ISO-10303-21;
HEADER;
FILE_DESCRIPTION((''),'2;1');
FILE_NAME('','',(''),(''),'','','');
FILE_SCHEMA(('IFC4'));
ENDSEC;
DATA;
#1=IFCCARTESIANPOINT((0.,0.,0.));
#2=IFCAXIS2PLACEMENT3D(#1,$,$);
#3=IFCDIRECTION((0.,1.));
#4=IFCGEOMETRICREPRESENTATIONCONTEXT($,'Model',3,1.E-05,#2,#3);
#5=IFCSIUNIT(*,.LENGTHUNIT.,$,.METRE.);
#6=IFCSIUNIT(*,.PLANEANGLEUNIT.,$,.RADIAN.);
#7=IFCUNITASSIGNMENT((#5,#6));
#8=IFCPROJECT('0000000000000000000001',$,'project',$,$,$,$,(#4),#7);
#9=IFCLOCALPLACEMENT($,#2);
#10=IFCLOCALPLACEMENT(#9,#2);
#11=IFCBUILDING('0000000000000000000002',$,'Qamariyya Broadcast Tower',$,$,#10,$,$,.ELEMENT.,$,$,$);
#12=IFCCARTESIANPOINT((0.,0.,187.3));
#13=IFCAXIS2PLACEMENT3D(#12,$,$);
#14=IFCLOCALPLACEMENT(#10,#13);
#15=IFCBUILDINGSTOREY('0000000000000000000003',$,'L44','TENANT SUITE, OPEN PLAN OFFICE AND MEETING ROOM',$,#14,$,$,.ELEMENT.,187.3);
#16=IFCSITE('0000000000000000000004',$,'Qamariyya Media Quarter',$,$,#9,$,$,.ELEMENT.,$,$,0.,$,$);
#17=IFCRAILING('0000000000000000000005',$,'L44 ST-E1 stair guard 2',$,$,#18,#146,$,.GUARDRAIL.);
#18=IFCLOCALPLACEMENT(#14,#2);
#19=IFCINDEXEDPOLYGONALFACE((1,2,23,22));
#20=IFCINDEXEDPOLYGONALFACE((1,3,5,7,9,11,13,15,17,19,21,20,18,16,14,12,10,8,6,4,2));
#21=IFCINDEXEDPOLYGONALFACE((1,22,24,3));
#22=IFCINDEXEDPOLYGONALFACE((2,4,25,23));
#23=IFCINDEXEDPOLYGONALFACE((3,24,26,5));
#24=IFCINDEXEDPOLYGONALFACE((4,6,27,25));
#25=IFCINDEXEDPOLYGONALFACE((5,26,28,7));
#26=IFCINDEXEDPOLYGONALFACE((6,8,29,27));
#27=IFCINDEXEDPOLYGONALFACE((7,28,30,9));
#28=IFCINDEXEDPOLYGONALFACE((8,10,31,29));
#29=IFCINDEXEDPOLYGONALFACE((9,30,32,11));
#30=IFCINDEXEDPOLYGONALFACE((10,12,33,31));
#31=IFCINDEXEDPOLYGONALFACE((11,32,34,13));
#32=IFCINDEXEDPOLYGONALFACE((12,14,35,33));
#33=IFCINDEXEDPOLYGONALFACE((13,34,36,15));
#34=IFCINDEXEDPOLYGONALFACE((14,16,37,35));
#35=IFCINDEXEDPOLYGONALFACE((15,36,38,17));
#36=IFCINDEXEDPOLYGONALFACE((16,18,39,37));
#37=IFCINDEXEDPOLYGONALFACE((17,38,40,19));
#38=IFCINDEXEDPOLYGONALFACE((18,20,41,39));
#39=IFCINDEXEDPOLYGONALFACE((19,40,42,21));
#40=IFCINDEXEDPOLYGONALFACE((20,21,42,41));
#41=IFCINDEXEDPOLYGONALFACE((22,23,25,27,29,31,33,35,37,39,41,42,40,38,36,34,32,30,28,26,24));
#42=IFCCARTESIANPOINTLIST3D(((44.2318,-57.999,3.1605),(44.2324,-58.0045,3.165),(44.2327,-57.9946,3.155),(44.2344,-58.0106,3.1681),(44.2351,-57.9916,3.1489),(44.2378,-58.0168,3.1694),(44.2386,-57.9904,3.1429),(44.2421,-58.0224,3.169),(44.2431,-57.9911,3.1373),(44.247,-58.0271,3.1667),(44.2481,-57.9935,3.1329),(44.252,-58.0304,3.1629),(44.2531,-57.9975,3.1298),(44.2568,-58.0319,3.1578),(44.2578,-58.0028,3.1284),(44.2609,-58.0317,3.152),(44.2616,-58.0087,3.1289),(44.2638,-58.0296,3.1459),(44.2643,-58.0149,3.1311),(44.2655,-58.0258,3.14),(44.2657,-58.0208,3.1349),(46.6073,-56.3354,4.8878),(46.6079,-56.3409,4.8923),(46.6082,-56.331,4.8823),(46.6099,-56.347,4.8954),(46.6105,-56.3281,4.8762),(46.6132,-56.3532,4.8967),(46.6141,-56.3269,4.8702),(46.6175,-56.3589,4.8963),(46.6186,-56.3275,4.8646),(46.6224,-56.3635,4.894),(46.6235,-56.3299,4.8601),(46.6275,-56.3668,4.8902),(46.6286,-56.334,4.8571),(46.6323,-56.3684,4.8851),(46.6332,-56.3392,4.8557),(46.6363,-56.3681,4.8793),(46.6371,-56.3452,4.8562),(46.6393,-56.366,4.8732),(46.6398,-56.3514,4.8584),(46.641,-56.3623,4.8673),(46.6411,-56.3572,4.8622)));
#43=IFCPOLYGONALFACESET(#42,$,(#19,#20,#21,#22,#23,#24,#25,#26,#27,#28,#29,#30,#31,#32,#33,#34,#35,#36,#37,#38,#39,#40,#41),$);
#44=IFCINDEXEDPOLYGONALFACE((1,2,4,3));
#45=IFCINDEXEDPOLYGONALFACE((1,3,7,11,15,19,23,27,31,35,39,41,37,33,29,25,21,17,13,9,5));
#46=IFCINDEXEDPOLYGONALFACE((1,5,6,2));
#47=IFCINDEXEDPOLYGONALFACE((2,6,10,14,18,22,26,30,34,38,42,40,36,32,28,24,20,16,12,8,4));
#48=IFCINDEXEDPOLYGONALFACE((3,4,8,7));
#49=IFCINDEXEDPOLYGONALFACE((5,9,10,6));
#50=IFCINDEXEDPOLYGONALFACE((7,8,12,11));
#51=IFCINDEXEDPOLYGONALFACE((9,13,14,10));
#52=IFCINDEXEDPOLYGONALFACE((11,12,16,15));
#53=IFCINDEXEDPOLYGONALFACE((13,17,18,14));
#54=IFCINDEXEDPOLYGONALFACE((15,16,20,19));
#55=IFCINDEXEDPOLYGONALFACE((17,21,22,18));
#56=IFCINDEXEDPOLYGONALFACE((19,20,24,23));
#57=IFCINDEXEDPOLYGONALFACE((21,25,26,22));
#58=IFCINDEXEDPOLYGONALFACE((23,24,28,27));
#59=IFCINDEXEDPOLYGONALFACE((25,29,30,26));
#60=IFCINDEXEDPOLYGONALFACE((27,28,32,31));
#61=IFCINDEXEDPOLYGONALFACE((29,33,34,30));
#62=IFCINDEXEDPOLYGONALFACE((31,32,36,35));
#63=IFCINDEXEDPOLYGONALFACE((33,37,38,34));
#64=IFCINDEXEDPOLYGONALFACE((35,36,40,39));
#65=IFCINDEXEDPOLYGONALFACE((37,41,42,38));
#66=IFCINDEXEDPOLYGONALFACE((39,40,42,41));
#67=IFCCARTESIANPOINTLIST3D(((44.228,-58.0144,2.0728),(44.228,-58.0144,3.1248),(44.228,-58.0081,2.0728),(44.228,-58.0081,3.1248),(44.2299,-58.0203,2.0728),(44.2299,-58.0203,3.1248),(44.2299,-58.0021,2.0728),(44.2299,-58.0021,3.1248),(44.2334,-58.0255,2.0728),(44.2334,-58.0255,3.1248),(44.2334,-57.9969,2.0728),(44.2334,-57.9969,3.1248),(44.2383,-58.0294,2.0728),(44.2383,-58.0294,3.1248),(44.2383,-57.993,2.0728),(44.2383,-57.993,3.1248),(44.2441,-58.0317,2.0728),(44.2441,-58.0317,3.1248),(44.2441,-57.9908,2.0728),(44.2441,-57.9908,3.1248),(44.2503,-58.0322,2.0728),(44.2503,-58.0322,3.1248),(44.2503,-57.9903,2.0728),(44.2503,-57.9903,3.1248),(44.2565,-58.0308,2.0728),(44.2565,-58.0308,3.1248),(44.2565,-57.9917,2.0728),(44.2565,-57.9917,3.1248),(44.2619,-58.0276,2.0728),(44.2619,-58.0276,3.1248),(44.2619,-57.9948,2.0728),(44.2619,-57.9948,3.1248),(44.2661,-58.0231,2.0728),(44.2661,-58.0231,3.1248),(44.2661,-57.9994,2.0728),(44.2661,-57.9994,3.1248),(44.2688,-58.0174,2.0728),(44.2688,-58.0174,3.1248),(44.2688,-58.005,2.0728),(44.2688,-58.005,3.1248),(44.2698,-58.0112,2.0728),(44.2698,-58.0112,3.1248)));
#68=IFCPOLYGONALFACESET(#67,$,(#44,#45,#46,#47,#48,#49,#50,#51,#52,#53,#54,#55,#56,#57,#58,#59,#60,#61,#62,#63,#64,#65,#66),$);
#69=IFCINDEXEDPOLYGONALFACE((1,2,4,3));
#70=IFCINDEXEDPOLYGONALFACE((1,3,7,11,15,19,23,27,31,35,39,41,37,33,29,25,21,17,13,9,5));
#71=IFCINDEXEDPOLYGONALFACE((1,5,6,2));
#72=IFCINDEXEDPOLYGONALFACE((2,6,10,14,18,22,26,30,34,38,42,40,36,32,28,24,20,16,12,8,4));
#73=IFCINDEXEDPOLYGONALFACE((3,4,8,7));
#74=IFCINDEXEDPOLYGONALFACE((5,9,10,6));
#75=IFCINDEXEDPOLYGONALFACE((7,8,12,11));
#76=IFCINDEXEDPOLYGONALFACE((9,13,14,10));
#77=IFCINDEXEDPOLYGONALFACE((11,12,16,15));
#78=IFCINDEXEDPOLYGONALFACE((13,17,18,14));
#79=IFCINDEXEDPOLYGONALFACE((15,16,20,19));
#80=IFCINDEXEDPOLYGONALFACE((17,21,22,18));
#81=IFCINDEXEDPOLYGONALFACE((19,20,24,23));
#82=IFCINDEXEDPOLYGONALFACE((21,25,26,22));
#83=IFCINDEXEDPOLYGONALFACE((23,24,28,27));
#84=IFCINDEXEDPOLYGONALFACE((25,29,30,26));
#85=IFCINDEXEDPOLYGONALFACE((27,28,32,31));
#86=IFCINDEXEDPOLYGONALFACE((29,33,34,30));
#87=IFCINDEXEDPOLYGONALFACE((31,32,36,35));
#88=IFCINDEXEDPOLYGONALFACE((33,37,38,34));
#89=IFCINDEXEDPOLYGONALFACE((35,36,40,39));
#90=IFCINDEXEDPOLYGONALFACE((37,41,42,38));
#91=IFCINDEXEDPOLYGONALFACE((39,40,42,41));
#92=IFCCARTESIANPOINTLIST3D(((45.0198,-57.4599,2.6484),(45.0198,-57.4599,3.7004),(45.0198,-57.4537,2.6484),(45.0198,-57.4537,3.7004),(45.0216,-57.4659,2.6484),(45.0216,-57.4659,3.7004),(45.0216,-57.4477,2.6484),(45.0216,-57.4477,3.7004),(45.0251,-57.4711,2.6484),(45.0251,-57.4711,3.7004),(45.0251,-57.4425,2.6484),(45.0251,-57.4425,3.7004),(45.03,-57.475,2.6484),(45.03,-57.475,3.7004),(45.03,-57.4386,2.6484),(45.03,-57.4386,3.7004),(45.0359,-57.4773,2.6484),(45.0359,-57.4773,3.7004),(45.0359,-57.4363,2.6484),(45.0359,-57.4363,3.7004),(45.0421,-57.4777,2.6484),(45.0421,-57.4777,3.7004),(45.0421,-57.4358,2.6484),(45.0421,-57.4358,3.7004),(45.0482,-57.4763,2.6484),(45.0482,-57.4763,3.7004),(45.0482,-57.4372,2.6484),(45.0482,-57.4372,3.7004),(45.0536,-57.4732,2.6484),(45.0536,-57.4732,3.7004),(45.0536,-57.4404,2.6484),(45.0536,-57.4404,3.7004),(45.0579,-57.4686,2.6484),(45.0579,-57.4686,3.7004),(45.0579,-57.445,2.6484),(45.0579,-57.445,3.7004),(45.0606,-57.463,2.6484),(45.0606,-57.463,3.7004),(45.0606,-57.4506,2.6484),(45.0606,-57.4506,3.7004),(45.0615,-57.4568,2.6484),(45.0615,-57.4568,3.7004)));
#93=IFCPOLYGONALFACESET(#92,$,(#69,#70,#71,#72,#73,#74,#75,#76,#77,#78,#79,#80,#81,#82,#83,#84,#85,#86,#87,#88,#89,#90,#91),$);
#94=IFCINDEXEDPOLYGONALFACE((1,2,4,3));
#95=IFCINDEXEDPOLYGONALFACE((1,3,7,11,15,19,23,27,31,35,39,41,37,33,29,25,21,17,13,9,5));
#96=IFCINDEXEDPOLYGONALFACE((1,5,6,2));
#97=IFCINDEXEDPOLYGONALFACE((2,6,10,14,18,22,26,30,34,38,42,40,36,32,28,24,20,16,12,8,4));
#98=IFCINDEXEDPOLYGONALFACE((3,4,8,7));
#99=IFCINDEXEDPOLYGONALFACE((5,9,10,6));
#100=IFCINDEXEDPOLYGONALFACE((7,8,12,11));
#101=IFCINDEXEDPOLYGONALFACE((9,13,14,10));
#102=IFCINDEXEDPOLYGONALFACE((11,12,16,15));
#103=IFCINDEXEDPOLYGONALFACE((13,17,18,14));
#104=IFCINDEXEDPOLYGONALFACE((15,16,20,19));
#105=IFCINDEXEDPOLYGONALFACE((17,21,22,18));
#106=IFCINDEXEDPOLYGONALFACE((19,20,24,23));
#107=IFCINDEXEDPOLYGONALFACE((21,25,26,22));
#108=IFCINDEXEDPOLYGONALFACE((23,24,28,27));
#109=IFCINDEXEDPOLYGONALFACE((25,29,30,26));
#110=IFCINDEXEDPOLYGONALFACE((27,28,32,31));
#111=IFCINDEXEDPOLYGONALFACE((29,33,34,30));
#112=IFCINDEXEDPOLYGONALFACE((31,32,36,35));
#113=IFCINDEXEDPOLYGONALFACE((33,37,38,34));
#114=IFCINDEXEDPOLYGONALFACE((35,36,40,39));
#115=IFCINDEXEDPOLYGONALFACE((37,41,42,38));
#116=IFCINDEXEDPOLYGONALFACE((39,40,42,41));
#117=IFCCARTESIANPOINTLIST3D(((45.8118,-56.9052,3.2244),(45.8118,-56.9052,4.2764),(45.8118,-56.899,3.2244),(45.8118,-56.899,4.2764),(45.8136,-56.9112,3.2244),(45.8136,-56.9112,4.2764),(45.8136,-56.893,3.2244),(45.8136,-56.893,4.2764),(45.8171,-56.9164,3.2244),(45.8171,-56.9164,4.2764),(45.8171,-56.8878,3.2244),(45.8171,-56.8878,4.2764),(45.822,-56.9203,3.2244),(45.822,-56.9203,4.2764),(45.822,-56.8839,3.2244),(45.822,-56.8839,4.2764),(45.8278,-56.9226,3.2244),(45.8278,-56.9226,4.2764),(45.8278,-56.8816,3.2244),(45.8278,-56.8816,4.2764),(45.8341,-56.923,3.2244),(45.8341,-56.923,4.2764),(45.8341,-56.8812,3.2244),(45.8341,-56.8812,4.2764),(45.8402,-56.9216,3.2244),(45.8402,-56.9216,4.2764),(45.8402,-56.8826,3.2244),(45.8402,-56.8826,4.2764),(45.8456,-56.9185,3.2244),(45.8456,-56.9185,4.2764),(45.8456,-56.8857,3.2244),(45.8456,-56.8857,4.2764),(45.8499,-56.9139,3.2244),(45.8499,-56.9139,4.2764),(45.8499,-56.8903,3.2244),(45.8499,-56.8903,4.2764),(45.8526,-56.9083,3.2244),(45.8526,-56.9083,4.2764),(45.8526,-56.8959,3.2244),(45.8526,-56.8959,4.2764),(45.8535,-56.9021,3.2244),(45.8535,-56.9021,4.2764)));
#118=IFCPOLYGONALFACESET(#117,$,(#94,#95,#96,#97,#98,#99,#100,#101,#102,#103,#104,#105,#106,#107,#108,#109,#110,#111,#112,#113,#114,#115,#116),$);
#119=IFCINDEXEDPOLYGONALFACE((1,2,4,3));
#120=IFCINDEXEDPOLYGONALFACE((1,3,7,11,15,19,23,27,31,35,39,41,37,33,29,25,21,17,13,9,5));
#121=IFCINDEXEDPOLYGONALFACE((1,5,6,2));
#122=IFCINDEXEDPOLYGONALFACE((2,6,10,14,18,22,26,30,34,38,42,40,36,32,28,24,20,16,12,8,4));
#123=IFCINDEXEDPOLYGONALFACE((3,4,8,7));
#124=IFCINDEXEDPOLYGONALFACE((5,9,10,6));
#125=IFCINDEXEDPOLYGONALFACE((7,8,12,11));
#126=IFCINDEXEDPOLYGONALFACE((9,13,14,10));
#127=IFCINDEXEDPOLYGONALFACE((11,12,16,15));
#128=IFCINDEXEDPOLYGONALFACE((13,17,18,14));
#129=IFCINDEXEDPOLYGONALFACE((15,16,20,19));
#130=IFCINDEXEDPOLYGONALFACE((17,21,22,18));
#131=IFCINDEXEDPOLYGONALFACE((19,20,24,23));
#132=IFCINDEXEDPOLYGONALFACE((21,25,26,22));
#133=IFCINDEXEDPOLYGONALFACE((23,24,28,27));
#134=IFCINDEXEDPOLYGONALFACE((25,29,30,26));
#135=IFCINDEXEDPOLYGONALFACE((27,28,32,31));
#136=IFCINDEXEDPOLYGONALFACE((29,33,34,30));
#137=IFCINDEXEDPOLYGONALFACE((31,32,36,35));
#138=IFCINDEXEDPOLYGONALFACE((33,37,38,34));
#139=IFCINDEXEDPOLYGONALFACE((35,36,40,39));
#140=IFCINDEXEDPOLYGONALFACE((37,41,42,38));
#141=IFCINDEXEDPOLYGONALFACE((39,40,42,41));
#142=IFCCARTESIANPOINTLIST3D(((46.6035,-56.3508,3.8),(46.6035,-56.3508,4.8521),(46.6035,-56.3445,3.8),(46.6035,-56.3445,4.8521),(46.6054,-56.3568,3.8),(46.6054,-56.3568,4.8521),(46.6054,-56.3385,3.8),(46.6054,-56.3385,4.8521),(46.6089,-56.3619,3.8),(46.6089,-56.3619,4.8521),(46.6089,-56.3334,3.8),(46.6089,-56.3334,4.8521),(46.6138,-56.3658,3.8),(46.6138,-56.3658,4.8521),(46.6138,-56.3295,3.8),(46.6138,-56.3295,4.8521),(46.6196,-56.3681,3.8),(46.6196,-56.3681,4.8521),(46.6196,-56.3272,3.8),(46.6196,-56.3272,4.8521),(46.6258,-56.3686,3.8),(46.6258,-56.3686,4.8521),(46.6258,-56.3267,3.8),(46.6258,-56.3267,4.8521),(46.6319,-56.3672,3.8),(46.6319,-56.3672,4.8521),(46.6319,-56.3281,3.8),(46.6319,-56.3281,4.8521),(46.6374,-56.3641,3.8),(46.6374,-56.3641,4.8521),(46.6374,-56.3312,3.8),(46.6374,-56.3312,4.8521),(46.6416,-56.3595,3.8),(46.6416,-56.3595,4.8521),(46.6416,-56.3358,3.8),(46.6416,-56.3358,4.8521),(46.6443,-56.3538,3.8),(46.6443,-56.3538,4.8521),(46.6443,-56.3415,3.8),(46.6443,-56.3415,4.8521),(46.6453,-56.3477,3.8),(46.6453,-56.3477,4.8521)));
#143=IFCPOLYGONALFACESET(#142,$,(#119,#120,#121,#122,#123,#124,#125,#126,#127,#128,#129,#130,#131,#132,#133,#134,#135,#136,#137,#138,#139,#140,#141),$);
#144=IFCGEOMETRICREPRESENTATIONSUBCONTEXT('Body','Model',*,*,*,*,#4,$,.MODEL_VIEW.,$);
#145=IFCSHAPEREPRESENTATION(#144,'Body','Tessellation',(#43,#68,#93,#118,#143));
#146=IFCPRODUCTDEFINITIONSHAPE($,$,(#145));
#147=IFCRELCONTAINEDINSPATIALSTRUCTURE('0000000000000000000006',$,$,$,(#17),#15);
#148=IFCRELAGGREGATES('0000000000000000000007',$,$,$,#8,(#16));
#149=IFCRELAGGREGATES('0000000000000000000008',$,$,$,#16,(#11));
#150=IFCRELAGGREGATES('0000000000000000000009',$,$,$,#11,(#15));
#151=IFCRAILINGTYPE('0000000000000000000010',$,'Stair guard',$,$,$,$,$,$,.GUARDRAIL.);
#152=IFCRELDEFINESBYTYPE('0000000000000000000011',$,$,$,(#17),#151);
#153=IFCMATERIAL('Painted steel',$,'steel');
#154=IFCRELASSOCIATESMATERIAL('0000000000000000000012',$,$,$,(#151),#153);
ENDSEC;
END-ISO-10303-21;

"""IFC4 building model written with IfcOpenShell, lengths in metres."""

from ifc_helpers import new_model, si_unit, direction, frame, origin, origin_2d, place, context, subcontext, project, spatial, circle, extrude, material, type_object, element, save


model = new_model("IFC4")

# Units and contexts
model_context = context("Model", 3, precision=1e-05, world=origin(), true_north=direction((0.0, 1.0)))
body_context = subcontext(model_context, "Body", "Model", "MODEL_VIEW")
ifc_project = project(units=[si_unit("LENGTHUNIT", "METRE"), si_unit("PLANEANGLEUNIT", "RADIAN")], contexts=[model_context])

# Site, building, storey
site_placement = place(None, origin())
site = spatial("IfcSite", under=ifc_project, at=site_placement, Name="Qamariyya Media Quarter", CompositionType="ELEMENT", RefElevation=0.0)
building_placement = place(site_placement, origin())
building = spatial("IfcBuilding", under=site, at=building_placement, Name="Qamariyya Broadcast Tower", CompositionType="ELEMENT")
storey_placement = place(building_placement, frame((0.0, 0.0, 187.3)))
storey = spatial("IfcBuildingStorey", under=building, at=storey_placement, Name="L44", Description="TENANT SUITE, OPEN PLAN OFFICE AND MEETING ROOM", CompositionType="ELEMENT", Elevation=187.3)

# Railing
ifc_material_1 = material(Name="Painted steel", Category="steel")
railing_type_1 = type_object("IfcRailingType", Name="Stair guard", PredefinedType="GUARDRAIL", material=ifc_material_1)
railing_1_placement = place(storey_placement, frame((44.2488, -58.0112, 2.0728)))
element("IfcRailing", 1, at=railing_1_placement, inside=storey, type_object=railing_type_1, Name="L44 ST-E1 stair guard 2", PredefinedType="GUARDRAIL", context=body_context, shape_type="SweptSolid", body=[
    extrude(circle(Radius=0.0239, at=origin_2d()), frame((0.0, 0.0, 1.0762), z_axis=(0.703745, 0.492838, 0.511716), x_axis=(-0.573632, 0.819113, 0.0)), (0.0, 0.0, 1.0), 3.3755),
    extrude(circle(Radius=0.021, at=origin_2d()), origin(), (0.0, 0.0, 1.0), 1.052),
    extrude(circle(Radius=0.021, at=origin_2d()), frame((0.7917, 0.5544, 0.5757)), (0.0, 0.0, 1.0), 1.052),
    extrude(circle(Radius=0.021, at=origin_2d()), frame((1.5837, 1.1091, 1.1516)), (0.0, 0.0, 1.0), 1.052),
    extrude(circle(Radius=0.021, at=origin_2d()), frame((2.3755, 1.6636, 1.7273)), (0.0, 0.0, 1.0), 1.052),
])

save(model, "model.ifc")
